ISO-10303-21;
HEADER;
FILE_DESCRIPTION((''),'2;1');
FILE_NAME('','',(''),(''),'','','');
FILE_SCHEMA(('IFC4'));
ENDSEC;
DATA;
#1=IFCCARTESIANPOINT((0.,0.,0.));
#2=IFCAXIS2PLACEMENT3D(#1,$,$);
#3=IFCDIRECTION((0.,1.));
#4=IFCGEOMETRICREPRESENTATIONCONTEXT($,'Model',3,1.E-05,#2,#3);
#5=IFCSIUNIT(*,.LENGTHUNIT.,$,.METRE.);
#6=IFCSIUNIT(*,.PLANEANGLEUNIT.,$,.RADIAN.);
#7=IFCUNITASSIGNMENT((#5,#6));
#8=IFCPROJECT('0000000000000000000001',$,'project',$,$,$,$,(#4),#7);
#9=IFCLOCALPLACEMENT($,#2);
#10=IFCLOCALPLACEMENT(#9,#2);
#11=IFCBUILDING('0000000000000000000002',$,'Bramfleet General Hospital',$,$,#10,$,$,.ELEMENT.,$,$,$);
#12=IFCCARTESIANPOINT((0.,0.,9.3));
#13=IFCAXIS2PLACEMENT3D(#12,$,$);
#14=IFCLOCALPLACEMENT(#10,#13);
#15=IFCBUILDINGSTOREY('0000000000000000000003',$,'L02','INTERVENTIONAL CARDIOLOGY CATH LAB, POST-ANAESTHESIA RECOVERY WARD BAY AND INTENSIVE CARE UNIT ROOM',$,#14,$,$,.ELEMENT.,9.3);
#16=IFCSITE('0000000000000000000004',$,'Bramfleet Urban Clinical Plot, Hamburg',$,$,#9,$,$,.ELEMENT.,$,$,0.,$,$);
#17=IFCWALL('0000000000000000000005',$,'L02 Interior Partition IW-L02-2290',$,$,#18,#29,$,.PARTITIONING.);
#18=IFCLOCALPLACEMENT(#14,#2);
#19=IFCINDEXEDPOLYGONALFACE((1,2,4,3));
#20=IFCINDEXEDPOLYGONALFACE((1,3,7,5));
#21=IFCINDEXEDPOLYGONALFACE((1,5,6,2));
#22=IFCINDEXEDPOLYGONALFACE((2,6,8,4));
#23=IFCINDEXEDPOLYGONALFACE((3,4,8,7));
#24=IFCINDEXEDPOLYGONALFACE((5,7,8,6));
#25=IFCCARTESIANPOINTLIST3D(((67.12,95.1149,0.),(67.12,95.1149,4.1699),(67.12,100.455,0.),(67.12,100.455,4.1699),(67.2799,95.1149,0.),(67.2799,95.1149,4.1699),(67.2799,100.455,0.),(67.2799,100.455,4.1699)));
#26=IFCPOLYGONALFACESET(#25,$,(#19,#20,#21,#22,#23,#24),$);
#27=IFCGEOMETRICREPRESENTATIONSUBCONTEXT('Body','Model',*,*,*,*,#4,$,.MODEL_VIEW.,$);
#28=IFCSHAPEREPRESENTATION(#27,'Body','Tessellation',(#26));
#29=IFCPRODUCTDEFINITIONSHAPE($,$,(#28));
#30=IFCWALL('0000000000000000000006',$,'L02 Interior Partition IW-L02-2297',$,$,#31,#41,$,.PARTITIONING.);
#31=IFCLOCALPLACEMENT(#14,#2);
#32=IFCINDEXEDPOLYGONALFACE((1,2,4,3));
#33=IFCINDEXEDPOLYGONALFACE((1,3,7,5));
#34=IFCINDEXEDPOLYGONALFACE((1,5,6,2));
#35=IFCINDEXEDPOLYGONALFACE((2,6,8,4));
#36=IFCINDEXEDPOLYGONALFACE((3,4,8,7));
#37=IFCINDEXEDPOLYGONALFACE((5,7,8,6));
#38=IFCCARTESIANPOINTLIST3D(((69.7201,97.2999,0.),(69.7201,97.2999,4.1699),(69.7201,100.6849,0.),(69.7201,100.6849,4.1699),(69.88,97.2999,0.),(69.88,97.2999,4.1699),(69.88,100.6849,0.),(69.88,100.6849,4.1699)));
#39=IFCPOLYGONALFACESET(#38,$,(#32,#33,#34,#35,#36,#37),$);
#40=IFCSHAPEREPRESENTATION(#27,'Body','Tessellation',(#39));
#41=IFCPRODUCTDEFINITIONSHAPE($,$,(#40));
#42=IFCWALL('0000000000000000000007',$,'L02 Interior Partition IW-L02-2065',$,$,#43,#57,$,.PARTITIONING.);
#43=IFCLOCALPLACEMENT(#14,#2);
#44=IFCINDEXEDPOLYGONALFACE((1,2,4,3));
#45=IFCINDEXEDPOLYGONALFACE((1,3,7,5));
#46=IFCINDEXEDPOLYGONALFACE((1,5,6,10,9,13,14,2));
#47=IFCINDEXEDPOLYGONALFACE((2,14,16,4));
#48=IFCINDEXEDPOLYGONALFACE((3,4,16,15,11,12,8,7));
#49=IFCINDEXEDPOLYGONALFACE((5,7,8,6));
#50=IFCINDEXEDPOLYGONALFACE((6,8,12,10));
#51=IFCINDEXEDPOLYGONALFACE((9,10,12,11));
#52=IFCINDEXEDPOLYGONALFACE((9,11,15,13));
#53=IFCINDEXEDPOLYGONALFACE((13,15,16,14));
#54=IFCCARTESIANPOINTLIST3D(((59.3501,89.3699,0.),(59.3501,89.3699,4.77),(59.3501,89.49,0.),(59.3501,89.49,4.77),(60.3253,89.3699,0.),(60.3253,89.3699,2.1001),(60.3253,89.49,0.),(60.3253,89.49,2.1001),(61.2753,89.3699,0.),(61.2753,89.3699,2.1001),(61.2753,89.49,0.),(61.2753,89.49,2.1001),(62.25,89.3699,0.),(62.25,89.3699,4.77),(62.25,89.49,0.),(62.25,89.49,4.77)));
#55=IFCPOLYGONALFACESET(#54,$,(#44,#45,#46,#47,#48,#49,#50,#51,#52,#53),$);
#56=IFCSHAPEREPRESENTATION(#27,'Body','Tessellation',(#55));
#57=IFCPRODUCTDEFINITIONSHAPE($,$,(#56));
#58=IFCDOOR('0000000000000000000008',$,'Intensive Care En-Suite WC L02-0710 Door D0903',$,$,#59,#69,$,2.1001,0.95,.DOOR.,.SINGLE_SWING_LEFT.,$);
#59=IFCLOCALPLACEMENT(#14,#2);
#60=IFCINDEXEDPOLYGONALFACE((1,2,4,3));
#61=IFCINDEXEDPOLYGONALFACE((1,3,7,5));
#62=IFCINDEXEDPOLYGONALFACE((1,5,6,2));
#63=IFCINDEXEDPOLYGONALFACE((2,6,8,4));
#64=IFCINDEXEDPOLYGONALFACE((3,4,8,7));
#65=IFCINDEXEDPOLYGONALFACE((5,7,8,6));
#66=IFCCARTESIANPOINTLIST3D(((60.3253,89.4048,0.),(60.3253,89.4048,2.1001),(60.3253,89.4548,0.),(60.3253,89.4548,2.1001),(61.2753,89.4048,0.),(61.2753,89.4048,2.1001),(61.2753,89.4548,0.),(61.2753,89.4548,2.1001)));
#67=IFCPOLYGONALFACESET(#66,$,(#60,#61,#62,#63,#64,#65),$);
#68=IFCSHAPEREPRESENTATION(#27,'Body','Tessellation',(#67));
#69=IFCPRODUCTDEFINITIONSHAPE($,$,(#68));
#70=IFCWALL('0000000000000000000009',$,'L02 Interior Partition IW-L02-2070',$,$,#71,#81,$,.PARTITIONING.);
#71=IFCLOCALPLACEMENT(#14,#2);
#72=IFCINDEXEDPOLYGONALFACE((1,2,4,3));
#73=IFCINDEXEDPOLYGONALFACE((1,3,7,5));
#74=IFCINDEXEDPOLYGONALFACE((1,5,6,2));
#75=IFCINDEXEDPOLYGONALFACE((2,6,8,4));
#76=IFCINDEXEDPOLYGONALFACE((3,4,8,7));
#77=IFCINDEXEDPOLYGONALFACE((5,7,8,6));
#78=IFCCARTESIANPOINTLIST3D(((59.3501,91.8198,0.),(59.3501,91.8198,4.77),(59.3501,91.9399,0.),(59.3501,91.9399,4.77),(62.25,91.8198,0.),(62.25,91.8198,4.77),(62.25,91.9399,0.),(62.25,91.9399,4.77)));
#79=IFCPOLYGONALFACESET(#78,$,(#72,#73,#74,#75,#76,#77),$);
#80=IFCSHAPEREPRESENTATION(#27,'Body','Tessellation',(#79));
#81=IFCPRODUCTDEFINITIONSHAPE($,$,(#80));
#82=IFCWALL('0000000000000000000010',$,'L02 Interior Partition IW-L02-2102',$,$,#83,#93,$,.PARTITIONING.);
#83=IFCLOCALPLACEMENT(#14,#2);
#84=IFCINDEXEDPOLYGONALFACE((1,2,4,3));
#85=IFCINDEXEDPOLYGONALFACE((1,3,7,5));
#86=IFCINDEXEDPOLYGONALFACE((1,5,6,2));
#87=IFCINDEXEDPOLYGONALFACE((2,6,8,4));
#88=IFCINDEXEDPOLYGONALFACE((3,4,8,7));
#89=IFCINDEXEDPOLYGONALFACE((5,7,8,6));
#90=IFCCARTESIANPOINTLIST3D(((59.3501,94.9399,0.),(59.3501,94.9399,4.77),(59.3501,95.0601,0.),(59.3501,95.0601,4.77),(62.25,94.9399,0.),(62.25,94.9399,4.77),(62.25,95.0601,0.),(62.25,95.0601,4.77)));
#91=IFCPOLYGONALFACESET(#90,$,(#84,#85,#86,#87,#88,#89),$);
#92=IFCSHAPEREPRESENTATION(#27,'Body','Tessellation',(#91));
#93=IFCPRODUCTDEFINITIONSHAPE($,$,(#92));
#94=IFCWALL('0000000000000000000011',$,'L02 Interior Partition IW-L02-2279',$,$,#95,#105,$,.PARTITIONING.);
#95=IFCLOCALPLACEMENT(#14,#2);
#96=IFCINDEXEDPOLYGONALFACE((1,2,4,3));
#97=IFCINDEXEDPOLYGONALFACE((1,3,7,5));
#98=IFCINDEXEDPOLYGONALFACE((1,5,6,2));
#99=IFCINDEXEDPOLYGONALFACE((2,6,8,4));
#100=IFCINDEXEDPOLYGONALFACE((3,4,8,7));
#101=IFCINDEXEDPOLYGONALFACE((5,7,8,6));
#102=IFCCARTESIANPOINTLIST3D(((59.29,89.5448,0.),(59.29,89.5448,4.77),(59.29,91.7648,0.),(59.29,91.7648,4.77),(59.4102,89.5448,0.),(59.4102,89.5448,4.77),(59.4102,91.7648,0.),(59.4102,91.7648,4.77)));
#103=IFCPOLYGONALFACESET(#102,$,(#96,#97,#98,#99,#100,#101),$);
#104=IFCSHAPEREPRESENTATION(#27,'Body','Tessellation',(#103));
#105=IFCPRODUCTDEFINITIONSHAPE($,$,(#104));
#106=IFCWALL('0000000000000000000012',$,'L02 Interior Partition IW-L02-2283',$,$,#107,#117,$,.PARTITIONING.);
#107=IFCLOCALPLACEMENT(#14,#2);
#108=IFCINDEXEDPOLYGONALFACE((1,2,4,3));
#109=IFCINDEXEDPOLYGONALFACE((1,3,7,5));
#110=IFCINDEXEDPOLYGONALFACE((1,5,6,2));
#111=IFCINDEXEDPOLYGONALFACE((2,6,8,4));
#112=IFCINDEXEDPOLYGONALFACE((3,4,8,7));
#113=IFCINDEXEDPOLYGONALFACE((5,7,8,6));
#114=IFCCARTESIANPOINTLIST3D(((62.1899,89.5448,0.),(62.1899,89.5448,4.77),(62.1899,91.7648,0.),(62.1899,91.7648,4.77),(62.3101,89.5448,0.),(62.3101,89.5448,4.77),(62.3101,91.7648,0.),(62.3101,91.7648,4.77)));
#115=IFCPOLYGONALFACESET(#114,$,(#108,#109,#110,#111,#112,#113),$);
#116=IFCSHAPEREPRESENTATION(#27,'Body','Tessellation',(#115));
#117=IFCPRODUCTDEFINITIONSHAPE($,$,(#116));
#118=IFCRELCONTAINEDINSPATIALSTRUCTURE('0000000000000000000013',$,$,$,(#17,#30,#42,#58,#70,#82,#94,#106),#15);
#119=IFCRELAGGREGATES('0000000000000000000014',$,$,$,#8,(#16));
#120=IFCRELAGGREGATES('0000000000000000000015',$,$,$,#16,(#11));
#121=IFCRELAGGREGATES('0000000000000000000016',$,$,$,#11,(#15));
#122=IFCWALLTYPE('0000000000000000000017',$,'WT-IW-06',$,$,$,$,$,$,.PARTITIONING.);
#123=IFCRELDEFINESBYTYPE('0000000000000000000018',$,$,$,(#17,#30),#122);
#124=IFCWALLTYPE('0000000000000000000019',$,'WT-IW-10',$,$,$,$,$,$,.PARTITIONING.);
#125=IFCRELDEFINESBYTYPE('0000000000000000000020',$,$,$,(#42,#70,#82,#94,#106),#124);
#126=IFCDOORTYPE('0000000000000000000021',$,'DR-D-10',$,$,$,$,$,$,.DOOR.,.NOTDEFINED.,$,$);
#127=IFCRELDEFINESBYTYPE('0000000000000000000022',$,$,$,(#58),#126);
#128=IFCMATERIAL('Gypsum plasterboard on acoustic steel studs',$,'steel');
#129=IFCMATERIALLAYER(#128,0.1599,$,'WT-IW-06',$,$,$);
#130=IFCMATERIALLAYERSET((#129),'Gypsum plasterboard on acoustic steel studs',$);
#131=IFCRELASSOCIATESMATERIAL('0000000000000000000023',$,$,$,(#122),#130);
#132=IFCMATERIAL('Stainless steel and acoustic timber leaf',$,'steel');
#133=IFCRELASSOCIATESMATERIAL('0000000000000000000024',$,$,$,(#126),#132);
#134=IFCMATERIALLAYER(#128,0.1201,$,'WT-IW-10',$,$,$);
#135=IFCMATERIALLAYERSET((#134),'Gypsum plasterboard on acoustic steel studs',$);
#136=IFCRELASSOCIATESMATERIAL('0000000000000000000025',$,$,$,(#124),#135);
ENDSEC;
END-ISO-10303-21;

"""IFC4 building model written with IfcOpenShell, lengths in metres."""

from ifc_helpers import new_model, si_unit, direction, frame, frame_2d, origin, place, context, subcontext, project, spatial, rectangle, extrude, material, layer, layer_set, type_object, element, fill, save


model = new_model("IFC4")

# Units and contexts
model_context = context("Model", 3, precision=1e-05, world=origin(), true_north=direction((0.0, 1.0)))
body_context = subcontext(model_context, "Body", "Model", "MODEL_VIEW")
ifc_project = project(units=[si_unit("LENGTHUNIT", "METRE"), si_unit("PLANEANGLEUNIT", "RADIAN")], contexts=[model_context])

# Site, building, storey
site_placement = place(None, origin())
site = spatial("IfcSite", under=ifc_project, at=site_placement, Name="Bramfleet Urban Clinical Plot, Hamburg", CompositionType="ELEMENT", RefElevation=0.0)
building_placement = place(site_placement, origin())
building = spatial("IfcBuilding", under=site, at=building_placement, Name="Bramfleet General Hospital", CompositionType="ELEMENT")
storey_placement = place(building_placement, frame((0.0, 0.0, 9.3)))
storey = spatial("IfcBuildingStorey", under=building, at=storey_placement, Name="L02", Description="INTERVENTIONAL CARDIOLOGY CATH LAB, POST-ANAESTHESIA RECOVERY WARD BAY AND INTENSIVE CARE UNIT ROOM", CompositionType="ELEMENT", Elevation=9.3)

# Shared definitions
ifc_material_1 = material(Name="Gypsum plasterboard on acoustic steel studs", Category="steel")
ifc_layer_1 = layer(ifc_material_1, 0.1599, Name="WT-IW-06")
ifc_layer_set_1 = layer_set([ifc_layer_1], Name="Gypsum plasterboard on acoustic steel studs")
wall_type_1 = type_object("IfcWallType", Name="WT-IW-06", PredefinedType="PARTITIONING", material=ifc_layer_set_1)
ifc_material_2 = material(Name="Stainless steel and acoustic timber leaf", Category="steel")
door_type_1 = type_object("IfcDoorType", Name="DR-D-10", OperationType="NOTDEFINED", PredefinedType="DOOR", material=ifc_material_2)

# Walls
wall_1_placement = place(storey_placement, frame((67.2, 95.115, 0.0), z_axis=(0.0, 0.0, 1.0), x_axis=(0.0, 1.0, 0.0)))
element("IfcWall", 1, at=wall_1_placement, inside=storey, type_object=wall_type_1, Name="L02 Interior Partition IW-L02-2290", PredefinedType="PARTITIONING", context=body_context, shape_type="SweptSolid", body=[
    extrude(rectangle(XDim=5.3401, YDim=0.1599, at=frame_2d((2.6699, 0.0))), origin(), (0.0, 0.0, 1.0), 4.1699),
])
wall_2_placement = place(storey_placement, frame((69.8, 97.3, 0.0), z_axis=(0.0, 0.0, 1.0), x_axis=(0.0, 1.0, 0.0)))
element("IfcWall", 2, at=wall_2_placement, inside=storey, type_object=wall_type_1, Name="L02 Interior Partition IW-L02-2297", PredefinedType="PARTITIONING", context=body_context, shape_type="SweptSolid", body=[
    extrude(rectangle(XDim=3.385, YDim=0.1599, at=frame_2d((1.6924, 0.0))), origin(), (0.0, 0.0, 1.0), 4.1699),
])

# Wall, opening, door
ifc_layer_2 = layer(ifc_material_1, 0.1201, Name="WT-IW-10")
ifc_layer_set_2 = layer_set([ifc_layer_2], Name="Gypsum plasterboard on acoustic steel studs")
wall_type_2 = type_object("IfcWallType", Name="WT-IW-10", PredefinedType="PARTITIONING", material=ifc_layer_set_2)
wall_3_placement = place(storey_placement, frame((59.3501, 89.4299, 0.0), z_axis=(0.0, 0.0, 1.0), x_axis=(1.0, 0.0, 0.0)))
wall_3 = element("IfcWall", 3, at=wall_3_placement, inside=storey, type_object=wall_type_2, Name="L02 Interior Partition IW-L02-2065", PredefinedType="PARTITIONING", context=body_context, shape_type="SweptSolid", body=[
    extrude(rectangle(XDim=2.8999, YDim=0.1201, at=frame_2d((1.45, 0.0))), origin(), (0.0, 0.0, 1.0), 4.77),
])
opening_1_placement = place(wall_3_placement, frame((0.9751, 0.0, 0.0)))
opening_1 = element("IfcOpeningElement", 4, at=opening_1_placement, cuts=wall_3, PredefinedType="OPENING", context=body_context, shape_type="SweptSolid", body=[
    extrude(rectangle(XDim=0.95, YDim=2.1001, at=frame_2d((0.4751, 1.05))), frame((0.0, 0.0701, 0.0), z_axis=(0.0, -1.0, 0.0), x_axis=(1.0, 0.0, 0.0)), (0.0, 0.0, 1.0), 0.1401),
])
door_1_placement = place(opening_1_placement, origin())
door_1 = element("IfcDoor", 5, at=door_1_placement, inside=storey, type_object=door_type_1, Name="Intensive Care En-Suite WC L02-0710 Door D0903", OperationType="SINGLE_SWING_LEFT", OverallHeight=2.1001, OverallWidth=0.95, PredefinedType="DOOR", context=body_context, shape_type="SweptSolid", body=[
    extrude(rectangle(XDim=0.95, YDim=2.1001, at=frame_2d((0.4751, 1.05))), frame((0.0, 0.0249, 0.0), z_axis=(0.0, -1.0, 0.0), x_axis=(1.0, 0.0, 0.0)), (0.0, 0.0, 1.0), 0.05),
])
fill(opening_1, door_1)

# Walls
for number, where, z_axis, x_axis, name in (
    (6, (59.3501, 91.8799, 0.0), (0.0, 0.0, 1.0), (1.0, 0.0, 0.0), "L02 Interior Partition IW-L02-2070"),
    (7, (59.3501, 95.0, 0.0), (0.0, 0.0, 1.0), (1.0, 0.0, 0.0), "L02 Interior Partition IW-L02-2102"),
):
    element("IfcWall", number, at=place(storey_placement, frame(where, z_axis=z_axis, x_axis=x_axis)), inside=storey, type_object=wall_type_2, Name=name, PredefinedType="PARTITIONING", context=body_context, shape_type="SweptSolid", body=[
        extrude(rectangle(XDim=2.8999, YDim=0.1201, at=frame_2d((1.45, 0.0))), origin(), (0.0, 0.0, 1.0), 4.77),
    ])
for number, where, z_axis, x_axis, name in (
    (8, (59.3501, 89.5449, 0.0), (0.0, 0.0, 1.0), (0.0, 1.0, 0.0), "L02 Interior Partition IW-L02-2279"),
    (9, (62.25, 89.5449, 0.0), (0.0, 0.0, 1.0), (0.0, 1.0, 0.0), "L02 Interior Partition IW-L02-2283"),
):
    element("IfcWall", number, at=place(storey_placement, frame(where, z_axis=z_axis, x_axis=x_axis)), inside=storey, type_object=wall_type_2, Name=name, PredefinedType="PARTITIONING", context=body_context, shape_type="SweptSolid", body=[
        extrude(rectangle(XDim=2.22, YDim=0.1201, at=frame_2d((1.1099, 0.0))), origin(), (0.0, 0.0, 1.0), 4.77),
    ])

save(model, "model.ifc")
